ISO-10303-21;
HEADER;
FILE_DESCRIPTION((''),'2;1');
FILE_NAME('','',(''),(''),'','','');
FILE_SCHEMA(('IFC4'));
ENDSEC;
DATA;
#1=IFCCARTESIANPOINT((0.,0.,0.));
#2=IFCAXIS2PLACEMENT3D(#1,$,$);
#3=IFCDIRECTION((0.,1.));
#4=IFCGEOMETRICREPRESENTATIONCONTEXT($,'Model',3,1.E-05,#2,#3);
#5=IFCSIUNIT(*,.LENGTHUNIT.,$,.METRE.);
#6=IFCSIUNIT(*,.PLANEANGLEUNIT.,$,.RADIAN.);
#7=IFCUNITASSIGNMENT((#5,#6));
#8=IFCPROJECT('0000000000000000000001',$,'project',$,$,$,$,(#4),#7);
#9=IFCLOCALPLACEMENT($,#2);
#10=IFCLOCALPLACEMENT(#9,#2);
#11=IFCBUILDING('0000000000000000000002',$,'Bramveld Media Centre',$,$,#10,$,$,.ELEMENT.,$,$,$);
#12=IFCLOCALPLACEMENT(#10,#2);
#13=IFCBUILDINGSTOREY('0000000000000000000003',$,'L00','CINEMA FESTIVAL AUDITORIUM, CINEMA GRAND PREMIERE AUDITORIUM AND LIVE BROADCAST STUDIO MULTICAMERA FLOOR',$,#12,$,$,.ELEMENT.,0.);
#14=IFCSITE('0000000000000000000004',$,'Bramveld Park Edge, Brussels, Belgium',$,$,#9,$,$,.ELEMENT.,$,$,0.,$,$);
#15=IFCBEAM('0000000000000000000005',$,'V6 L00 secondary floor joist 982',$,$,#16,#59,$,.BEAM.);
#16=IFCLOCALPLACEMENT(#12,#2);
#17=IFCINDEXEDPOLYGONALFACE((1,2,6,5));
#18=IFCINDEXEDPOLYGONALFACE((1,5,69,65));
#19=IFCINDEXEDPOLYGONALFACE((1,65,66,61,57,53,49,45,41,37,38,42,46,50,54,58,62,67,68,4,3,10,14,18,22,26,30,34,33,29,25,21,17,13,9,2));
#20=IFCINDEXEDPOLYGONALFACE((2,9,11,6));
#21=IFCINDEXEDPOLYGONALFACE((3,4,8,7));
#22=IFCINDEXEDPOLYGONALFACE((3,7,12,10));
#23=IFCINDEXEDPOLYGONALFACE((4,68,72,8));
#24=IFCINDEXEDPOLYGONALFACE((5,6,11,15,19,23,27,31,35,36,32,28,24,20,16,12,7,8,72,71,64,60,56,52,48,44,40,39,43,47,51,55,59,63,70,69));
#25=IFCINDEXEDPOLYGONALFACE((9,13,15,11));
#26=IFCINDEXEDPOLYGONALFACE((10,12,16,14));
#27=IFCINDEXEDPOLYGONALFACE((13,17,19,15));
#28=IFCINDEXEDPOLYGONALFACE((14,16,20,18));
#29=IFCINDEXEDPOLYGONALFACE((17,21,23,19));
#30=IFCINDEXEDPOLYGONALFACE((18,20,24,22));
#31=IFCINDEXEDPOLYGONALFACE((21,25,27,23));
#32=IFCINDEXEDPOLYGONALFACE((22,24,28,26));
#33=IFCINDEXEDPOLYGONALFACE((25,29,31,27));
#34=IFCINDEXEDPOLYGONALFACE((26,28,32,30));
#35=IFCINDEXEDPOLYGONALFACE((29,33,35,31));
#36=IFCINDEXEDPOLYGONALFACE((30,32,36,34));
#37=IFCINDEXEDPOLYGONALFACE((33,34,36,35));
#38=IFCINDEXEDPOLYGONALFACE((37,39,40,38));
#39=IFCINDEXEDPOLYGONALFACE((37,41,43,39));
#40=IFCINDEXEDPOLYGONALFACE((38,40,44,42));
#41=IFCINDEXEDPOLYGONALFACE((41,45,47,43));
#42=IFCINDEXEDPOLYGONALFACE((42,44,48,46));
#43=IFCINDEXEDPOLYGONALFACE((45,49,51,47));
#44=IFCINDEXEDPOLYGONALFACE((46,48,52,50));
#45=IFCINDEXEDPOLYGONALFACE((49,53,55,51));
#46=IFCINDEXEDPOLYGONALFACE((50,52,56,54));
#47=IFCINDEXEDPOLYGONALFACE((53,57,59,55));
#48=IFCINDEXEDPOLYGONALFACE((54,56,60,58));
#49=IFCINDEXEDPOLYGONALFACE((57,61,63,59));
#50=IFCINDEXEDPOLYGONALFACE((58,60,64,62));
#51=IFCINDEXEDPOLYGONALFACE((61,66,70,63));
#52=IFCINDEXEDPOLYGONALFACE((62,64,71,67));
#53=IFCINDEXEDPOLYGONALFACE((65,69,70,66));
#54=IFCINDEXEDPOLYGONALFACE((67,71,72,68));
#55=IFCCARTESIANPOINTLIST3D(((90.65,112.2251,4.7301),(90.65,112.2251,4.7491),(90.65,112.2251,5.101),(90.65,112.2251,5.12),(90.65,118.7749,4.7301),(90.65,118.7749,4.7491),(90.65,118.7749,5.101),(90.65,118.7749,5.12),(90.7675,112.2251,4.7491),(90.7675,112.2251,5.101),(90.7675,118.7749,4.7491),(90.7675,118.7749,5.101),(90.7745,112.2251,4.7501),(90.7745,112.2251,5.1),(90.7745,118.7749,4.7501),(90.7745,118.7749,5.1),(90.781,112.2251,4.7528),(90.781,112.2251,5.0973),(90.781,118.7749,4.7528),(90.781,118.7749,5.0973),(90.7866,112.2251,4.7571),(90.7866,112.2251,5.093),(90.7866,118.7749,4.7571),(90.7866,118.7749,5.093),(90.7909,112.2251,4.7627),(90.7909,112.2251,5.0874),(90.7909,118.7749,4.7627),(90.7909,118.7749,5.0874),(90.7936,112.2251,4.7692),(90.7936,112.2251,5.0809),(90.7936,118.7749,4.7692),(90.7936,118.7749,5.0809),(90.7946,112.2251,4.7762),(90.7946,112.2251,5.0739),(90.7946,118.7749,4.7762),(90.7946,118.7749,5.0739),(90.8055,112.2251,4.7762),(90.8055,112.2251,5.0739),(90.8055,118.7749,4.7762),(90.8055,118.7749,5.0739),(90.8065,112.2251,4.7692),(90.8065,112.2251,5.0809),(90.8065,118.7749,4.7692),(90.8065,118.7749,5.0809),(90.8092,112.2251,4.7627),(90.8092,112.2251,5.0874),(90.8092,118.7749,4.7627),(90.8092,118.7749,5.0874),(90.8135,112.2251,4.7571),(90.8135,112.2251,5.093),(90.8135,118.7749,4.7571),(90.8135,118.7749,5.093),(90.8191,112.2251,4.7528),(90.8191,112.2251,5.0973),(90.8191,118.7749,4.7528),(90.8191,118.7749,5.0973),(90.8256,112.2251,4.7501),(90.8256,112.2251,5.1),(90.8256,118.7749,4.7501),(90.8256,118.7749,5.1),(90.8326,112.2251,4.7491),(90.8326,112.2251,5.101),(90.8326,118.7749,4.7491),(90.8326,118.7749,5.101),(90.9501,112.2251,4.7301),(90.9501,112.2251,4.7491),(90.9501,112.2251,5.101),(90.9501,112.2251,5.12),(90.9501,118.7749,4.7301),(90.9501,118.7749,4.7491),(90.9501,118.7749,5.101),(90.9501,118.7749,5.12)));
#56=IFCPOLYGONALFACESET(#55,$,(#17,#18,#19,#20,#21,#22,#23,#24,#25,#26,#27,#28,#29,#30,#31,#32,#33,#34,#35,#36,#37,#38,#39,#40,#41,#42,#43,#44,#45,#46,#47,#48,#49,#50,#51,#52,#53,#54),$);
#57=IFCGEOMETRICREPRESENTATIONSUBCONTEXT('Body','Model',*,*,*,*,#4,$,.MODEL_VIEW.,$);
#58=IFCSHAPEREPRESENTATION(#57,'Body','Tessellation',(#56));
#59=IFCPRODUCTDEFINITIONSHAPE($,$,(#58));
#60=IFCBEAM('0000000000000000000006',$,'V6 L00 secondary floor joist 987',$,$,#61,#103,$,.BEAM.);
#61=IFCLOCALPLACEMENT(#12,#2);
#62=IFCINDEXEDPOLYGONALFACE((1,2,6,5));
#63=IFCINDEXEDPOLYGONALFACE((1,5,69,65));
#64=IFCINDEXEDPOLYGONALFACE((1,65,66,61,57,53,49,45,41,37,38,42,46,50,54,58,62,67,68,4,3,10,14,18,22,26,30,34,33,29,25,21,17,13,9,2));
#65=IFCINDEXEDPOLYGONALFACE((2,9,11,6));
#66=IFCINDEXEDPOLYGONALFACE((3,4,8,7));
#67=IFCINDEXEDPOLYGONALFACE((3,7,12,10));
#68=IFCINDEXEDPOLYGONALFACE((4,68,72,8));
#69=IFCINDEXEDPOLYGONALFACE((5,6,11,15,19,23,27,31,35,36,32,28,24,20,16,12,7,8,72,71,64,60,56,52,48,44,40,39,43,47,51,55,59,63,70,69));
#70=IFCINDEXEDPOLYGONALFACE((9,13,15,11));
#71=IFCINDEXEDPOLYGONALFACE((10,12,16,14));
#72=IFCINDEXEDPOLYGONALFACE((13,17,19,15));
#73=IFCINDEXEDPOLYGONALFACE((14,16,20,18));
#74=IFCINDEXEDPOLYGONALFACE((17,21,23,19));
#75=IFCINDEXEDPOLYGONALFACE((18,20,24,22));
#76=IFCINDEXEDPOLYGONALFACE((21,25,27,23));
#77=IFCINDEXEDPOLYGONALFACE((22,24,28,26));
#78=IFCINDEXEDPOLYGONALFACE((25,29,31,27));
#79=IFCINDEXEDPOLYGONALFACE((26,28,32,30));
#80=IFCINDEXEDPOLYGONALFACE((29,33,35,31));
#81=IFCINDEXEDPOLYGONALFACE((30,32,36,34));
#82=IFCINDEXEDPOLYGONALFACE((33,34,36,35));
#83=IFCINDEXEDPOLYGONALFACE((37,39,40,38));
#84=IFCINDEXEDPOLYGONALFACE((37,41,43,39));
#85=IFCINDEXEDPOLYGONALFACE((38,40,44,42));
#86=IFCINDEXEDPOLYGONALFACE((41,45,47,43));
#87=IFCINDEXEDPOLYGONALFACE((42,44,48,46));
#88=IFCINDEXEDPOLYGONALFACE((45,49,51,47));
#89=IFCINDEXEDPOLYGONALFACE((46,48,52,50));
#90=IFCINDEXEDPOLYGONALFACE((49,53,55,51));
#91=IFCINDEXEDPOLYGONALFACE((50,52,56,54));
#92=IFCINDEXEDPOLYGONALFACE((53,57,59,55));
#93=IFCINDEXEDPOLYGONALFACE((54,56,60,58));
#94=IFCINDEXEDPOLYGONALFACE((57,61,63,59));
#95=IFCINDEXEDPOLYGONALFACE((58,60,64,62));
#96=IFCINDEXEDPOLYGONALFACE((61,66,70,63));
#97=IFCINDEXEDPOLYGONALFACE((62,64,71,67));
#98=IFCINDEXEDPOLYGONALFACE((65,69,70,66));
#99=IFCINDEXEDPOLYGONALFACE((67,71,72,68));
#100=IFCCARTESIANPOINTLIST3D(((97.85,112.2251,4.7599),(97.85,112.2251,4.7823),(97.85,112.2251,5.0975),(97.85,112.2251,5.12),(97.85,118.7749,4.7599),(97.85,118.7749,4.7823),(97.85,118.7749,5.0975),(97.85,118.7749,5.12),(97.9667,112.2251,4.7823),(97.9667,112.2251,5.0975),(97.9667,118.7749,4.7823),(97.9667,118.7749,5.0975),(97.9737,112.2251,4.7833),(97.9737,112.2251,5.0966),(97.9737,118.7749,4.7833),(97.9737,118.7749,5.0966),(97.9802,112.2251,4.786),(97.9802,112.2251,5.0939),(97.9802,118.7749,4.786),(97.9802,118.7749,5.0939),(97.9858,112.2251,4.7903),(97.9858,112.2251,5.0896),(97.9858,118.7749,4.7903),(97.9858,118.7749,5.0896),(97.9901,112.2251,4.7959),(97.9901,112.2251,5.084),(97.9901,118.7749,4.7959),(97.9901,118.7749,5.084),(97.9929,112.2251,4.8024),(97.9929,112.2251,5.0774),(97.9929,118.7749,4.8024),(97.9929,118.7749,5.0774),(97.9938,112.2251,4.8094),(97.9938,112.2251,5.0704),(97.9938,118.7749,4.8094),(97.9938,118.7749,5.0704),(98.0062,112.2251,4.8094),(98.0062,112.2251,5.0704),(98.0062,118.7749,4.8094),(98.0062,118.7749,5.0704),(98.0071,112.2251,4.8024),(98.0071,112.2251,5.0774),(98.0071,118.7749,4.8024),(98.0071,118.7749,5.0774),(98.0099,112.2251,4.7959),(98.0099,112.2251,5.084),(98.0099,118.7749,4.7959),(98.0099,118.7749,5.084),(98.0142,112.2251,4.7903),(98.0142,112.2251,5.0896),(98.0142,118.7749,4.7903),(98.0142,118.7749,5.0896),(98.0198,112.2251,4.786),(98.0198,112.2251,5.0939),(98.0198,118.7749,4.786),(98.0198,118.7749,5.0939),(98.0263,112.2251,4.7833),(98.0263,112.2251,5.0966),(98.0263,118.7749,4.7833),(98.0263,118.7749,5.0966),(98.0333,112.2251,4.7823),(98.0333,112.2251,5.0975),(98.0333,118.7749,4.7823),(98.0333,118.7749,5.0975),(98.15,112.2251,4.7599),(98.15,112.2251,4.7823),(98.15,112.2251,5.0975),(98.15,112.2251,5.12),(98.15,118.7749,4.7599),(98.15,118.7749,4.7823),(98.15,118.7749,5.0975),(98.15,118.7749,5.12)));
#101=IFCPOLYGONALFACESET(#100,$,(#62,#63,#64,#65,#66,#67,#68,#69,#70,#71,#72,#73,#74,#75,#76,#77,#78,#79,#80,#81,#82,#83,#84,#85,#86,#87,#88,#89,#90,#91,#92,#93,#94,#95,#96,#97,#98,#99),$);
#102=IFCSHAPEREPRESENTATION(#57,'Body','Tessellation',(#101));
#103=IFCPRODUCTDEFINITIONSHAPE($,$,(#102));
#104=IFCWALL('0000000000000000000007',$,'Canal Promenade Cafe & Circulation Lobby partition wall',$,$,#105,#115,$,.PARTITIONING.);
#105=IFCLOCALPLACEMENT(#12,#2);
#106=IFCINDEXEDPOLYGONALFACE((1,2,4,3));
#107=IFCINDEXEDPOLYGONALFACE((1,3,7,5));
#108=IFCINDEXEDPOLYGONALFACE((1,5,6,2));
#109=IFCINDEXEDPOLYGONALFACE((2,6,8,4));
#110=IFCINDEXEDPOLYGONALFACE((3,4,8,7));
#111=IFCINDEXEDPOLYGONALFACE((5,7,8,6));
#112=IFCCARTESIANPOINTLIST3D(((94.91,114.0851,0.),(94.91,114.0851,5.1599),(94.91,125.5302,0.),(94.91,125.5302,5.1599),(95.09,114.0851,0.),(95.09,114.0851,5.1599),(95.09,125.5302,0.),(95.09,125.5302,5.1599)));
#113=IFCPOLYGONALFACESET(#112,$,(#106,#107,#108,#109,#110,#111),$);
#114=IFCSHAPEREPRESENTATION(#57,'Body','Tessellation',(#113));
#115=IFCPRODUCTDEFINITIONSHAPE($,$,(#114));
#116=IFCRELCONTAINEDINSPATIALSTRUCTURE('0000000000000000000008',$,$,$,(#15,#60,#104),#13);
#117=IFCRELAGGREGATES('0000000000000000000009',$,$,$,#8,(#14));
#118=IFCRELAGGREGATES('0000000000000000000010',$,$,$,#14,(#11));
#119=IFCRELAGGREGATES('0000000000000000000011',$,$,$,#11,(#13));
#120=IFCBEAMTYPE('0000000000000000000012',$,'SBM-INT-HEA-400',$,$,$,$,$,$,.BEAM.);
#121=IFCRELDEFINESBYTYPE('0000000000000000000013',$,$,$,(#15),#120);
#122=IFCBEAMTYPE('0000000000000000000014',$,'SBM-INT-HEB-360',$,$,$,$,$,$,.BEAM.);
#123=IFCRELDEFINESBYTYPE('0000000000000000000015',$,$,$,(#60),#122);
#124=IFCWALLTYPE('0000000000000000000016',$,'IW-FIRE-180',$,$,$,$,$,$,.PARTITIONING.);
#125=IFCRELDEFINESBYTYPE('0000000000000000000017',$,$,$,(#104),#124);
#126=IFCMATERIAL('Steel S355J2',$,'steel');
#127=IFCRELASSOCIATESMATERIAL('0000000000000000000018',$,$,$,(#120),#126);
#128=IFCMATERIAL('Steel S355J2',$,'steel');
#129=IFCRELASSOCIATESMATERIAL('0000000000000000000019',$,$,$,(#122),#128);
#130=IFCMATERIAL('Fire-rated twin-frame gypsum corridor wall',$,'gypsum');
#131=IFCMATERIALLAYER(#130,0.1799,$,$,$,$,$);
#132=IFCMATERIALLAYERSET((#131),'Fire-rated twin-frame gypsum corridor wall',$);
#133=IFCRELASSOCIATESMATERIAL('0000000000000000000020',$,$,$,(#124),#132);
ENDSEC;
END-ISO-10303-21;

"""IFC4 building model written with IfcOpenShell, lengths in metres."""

from ifc_helpers import new_model, si_unit, direction, frame, frame_2d, origin, origin_2d, place, context, subcontext, project, spatial, rectangle, i_section, extrude, material, layer, layer_set, material_profile, profile_set, type_object, element, save


model = new_model("IFC4")

# Units and contexts
model_context = context("Model", 3, precision=1e-05, world=origin(), true_north=direction((0.0, 1.0)))
body_context = subcontext(model_context, "Body", "Model", "MODEL_VIEW")
ifc_project = project(units=[si_unit("LENGTHUNIT", "METRE"), si_unit("PLANEANGLEUNIT", "RADIAN")], contexts=[model_context])

# Site, building, storey
site_placement = place(None, origin())
site = spatial("IfcSite", under=ifc_project, at=site_placement, Name="Bramveld Park Edge, Brussels, Belgium", CompositionType="ELEMENT", RefElevation=0.0)
building_placement = place(site_placement, origin())
building = spatial("IfcBuilding", under=site, at=building_placement, Name="Bramveld Media Centre", CompositionType="ELEMENT")
storey_placement = place(building_placement, origin())
storey = spatial("IfcBuildingStorey", under=building, at=storey_placement, Name="L00", Description="CINEMA FESTIVAL AUDITORIUM, CINEMA GRAND PREMIERE AUDITORIUM AND LIVE BROADCAST STUDIO MULTICAMERA FLOOR", CompositionType="ELEMENT", Elevation=0.0)

# Beams
ifc_material_1 = material(Name="Steel S355J2", Category="steel")
ifc_material_profile_1 = material_profile(ifc_material_1, i_section(OverallWidth=0.3, OverallDepth=0.3899, WebThickness=0.011, FlangeThickness=0.019, FilletRadius=0.0271, at=origin_2d()), Name="HEA 400")
ifc_profile_set_1 = profile_set([ifc_material_profile_1], Name="Steel S355J2")
beam_type_1 = type_object("IfcBeamType", Name="SBM-INT-HEA-400", PredefinedType="BEAM", material=ifc_profile_set_1)
beam_1_placement = place(storey_placement, frame((90.8, 112.2251, 4.925), z_axis=(0.0, 1.0, 0.0), x_axis=(-1.0, 0.0, 0.0)))
element("IfcBeam", 1, at=beam_1_placement, inside=storey, type_object=beam_type_1, Name="V6 L00 secondary floor joist 982", PredefinedType="BEAM", context=body_context, shape_type="SweptSolid", body=[
    extrude(i_section(OverallWidth=0.3, OverallDepth=0.3899, WebThickness=0.011, FlangeThickness=0.019, FilletRadius=0.0271, at=origin_2d()), origin(), (0.0, 0.0, 1.0), 6.5498),
])
ifc_material_2 = material(Name="Steel S355J2", Category="steel")
ifc_material_profile_2 = material_profile(ifc_material_2, i_section(OverallWidth=0.3, OverallDepth=0.3601, WebThickness=0.0125, FlangeThickness=0.0225, FilletRadius=0.0271, at=origin_2d()), Name="HEB 360")
ifc_profile_set_2 = profile_set([ifc_material_profile_2], Name="Steel S355J2")
beam_type_2 = type_object("IfcBeamType", Name="SBM-INT-HEB-360", PredefinedType="BEAM", material=ifc_profile_set_2)
beam_2_placement = place(storey_placement, frame((98.0, 112.2251, 4.9399), z_axis=(0.0, 1.0, 0.0), x_axis=(-1.0, 0.0, 0.0)))
element("IfcBeam", 2, at=beam_2_placement, inside=storey, type_object=beam_type_2, Name="V6 L00 secondary floor joist 987", PredefinedType="BEAM", context=body_context, shape_type="SweptSolid", body=[
    extrude(i_section(OverallWidth=0.3, OverallDepth=0.3601, WebThickness=0.0125, FlangeThickness=0.0225, FilletRadius=0.0271, at=origin_2d()), origin(), (0.0, 0.0, 1.0), 6.5498),
])

# Wall
ifc_material_3 = material(Name="Fire-rated twin-frame gypsum corridor wall", Category="gypsum")
ifc_layer = layer(ifc_material_3, 0.1799)
ifc_layer_set = layer_set([ifc_layer], Name="Fire-rated twin-frame gypsum corridor wall")
wall_type = type_object("IfcWallType", Name="IW-FIRE-180", PredefinedType="PARTITIONING", material=ifc_layer_set)
wall_placement = place(storey_placement, frame((95.0, 114.085, 0.0), z_axis=(0.0, 0.0, 1.0), x_axis=(0.0, 1.0, 0.0)))
element("IfcWall", 3, at=wall_placement, inside=storey, type_object=wall_type, Name="Canal Promenade Cafe & Circulation Lobby partition wall", PredefinedType="PARTITIONING", context=body_context, shape_type="SweptSolid", body=[
    extrude(rectangle(XDim=11.4451, YDim=0.1799, at=frame_2d((5.7227, 0.0))), origin(), (0.0, 0.0, 1.0), 5.1599),
])

save(model, "model.ifc")
